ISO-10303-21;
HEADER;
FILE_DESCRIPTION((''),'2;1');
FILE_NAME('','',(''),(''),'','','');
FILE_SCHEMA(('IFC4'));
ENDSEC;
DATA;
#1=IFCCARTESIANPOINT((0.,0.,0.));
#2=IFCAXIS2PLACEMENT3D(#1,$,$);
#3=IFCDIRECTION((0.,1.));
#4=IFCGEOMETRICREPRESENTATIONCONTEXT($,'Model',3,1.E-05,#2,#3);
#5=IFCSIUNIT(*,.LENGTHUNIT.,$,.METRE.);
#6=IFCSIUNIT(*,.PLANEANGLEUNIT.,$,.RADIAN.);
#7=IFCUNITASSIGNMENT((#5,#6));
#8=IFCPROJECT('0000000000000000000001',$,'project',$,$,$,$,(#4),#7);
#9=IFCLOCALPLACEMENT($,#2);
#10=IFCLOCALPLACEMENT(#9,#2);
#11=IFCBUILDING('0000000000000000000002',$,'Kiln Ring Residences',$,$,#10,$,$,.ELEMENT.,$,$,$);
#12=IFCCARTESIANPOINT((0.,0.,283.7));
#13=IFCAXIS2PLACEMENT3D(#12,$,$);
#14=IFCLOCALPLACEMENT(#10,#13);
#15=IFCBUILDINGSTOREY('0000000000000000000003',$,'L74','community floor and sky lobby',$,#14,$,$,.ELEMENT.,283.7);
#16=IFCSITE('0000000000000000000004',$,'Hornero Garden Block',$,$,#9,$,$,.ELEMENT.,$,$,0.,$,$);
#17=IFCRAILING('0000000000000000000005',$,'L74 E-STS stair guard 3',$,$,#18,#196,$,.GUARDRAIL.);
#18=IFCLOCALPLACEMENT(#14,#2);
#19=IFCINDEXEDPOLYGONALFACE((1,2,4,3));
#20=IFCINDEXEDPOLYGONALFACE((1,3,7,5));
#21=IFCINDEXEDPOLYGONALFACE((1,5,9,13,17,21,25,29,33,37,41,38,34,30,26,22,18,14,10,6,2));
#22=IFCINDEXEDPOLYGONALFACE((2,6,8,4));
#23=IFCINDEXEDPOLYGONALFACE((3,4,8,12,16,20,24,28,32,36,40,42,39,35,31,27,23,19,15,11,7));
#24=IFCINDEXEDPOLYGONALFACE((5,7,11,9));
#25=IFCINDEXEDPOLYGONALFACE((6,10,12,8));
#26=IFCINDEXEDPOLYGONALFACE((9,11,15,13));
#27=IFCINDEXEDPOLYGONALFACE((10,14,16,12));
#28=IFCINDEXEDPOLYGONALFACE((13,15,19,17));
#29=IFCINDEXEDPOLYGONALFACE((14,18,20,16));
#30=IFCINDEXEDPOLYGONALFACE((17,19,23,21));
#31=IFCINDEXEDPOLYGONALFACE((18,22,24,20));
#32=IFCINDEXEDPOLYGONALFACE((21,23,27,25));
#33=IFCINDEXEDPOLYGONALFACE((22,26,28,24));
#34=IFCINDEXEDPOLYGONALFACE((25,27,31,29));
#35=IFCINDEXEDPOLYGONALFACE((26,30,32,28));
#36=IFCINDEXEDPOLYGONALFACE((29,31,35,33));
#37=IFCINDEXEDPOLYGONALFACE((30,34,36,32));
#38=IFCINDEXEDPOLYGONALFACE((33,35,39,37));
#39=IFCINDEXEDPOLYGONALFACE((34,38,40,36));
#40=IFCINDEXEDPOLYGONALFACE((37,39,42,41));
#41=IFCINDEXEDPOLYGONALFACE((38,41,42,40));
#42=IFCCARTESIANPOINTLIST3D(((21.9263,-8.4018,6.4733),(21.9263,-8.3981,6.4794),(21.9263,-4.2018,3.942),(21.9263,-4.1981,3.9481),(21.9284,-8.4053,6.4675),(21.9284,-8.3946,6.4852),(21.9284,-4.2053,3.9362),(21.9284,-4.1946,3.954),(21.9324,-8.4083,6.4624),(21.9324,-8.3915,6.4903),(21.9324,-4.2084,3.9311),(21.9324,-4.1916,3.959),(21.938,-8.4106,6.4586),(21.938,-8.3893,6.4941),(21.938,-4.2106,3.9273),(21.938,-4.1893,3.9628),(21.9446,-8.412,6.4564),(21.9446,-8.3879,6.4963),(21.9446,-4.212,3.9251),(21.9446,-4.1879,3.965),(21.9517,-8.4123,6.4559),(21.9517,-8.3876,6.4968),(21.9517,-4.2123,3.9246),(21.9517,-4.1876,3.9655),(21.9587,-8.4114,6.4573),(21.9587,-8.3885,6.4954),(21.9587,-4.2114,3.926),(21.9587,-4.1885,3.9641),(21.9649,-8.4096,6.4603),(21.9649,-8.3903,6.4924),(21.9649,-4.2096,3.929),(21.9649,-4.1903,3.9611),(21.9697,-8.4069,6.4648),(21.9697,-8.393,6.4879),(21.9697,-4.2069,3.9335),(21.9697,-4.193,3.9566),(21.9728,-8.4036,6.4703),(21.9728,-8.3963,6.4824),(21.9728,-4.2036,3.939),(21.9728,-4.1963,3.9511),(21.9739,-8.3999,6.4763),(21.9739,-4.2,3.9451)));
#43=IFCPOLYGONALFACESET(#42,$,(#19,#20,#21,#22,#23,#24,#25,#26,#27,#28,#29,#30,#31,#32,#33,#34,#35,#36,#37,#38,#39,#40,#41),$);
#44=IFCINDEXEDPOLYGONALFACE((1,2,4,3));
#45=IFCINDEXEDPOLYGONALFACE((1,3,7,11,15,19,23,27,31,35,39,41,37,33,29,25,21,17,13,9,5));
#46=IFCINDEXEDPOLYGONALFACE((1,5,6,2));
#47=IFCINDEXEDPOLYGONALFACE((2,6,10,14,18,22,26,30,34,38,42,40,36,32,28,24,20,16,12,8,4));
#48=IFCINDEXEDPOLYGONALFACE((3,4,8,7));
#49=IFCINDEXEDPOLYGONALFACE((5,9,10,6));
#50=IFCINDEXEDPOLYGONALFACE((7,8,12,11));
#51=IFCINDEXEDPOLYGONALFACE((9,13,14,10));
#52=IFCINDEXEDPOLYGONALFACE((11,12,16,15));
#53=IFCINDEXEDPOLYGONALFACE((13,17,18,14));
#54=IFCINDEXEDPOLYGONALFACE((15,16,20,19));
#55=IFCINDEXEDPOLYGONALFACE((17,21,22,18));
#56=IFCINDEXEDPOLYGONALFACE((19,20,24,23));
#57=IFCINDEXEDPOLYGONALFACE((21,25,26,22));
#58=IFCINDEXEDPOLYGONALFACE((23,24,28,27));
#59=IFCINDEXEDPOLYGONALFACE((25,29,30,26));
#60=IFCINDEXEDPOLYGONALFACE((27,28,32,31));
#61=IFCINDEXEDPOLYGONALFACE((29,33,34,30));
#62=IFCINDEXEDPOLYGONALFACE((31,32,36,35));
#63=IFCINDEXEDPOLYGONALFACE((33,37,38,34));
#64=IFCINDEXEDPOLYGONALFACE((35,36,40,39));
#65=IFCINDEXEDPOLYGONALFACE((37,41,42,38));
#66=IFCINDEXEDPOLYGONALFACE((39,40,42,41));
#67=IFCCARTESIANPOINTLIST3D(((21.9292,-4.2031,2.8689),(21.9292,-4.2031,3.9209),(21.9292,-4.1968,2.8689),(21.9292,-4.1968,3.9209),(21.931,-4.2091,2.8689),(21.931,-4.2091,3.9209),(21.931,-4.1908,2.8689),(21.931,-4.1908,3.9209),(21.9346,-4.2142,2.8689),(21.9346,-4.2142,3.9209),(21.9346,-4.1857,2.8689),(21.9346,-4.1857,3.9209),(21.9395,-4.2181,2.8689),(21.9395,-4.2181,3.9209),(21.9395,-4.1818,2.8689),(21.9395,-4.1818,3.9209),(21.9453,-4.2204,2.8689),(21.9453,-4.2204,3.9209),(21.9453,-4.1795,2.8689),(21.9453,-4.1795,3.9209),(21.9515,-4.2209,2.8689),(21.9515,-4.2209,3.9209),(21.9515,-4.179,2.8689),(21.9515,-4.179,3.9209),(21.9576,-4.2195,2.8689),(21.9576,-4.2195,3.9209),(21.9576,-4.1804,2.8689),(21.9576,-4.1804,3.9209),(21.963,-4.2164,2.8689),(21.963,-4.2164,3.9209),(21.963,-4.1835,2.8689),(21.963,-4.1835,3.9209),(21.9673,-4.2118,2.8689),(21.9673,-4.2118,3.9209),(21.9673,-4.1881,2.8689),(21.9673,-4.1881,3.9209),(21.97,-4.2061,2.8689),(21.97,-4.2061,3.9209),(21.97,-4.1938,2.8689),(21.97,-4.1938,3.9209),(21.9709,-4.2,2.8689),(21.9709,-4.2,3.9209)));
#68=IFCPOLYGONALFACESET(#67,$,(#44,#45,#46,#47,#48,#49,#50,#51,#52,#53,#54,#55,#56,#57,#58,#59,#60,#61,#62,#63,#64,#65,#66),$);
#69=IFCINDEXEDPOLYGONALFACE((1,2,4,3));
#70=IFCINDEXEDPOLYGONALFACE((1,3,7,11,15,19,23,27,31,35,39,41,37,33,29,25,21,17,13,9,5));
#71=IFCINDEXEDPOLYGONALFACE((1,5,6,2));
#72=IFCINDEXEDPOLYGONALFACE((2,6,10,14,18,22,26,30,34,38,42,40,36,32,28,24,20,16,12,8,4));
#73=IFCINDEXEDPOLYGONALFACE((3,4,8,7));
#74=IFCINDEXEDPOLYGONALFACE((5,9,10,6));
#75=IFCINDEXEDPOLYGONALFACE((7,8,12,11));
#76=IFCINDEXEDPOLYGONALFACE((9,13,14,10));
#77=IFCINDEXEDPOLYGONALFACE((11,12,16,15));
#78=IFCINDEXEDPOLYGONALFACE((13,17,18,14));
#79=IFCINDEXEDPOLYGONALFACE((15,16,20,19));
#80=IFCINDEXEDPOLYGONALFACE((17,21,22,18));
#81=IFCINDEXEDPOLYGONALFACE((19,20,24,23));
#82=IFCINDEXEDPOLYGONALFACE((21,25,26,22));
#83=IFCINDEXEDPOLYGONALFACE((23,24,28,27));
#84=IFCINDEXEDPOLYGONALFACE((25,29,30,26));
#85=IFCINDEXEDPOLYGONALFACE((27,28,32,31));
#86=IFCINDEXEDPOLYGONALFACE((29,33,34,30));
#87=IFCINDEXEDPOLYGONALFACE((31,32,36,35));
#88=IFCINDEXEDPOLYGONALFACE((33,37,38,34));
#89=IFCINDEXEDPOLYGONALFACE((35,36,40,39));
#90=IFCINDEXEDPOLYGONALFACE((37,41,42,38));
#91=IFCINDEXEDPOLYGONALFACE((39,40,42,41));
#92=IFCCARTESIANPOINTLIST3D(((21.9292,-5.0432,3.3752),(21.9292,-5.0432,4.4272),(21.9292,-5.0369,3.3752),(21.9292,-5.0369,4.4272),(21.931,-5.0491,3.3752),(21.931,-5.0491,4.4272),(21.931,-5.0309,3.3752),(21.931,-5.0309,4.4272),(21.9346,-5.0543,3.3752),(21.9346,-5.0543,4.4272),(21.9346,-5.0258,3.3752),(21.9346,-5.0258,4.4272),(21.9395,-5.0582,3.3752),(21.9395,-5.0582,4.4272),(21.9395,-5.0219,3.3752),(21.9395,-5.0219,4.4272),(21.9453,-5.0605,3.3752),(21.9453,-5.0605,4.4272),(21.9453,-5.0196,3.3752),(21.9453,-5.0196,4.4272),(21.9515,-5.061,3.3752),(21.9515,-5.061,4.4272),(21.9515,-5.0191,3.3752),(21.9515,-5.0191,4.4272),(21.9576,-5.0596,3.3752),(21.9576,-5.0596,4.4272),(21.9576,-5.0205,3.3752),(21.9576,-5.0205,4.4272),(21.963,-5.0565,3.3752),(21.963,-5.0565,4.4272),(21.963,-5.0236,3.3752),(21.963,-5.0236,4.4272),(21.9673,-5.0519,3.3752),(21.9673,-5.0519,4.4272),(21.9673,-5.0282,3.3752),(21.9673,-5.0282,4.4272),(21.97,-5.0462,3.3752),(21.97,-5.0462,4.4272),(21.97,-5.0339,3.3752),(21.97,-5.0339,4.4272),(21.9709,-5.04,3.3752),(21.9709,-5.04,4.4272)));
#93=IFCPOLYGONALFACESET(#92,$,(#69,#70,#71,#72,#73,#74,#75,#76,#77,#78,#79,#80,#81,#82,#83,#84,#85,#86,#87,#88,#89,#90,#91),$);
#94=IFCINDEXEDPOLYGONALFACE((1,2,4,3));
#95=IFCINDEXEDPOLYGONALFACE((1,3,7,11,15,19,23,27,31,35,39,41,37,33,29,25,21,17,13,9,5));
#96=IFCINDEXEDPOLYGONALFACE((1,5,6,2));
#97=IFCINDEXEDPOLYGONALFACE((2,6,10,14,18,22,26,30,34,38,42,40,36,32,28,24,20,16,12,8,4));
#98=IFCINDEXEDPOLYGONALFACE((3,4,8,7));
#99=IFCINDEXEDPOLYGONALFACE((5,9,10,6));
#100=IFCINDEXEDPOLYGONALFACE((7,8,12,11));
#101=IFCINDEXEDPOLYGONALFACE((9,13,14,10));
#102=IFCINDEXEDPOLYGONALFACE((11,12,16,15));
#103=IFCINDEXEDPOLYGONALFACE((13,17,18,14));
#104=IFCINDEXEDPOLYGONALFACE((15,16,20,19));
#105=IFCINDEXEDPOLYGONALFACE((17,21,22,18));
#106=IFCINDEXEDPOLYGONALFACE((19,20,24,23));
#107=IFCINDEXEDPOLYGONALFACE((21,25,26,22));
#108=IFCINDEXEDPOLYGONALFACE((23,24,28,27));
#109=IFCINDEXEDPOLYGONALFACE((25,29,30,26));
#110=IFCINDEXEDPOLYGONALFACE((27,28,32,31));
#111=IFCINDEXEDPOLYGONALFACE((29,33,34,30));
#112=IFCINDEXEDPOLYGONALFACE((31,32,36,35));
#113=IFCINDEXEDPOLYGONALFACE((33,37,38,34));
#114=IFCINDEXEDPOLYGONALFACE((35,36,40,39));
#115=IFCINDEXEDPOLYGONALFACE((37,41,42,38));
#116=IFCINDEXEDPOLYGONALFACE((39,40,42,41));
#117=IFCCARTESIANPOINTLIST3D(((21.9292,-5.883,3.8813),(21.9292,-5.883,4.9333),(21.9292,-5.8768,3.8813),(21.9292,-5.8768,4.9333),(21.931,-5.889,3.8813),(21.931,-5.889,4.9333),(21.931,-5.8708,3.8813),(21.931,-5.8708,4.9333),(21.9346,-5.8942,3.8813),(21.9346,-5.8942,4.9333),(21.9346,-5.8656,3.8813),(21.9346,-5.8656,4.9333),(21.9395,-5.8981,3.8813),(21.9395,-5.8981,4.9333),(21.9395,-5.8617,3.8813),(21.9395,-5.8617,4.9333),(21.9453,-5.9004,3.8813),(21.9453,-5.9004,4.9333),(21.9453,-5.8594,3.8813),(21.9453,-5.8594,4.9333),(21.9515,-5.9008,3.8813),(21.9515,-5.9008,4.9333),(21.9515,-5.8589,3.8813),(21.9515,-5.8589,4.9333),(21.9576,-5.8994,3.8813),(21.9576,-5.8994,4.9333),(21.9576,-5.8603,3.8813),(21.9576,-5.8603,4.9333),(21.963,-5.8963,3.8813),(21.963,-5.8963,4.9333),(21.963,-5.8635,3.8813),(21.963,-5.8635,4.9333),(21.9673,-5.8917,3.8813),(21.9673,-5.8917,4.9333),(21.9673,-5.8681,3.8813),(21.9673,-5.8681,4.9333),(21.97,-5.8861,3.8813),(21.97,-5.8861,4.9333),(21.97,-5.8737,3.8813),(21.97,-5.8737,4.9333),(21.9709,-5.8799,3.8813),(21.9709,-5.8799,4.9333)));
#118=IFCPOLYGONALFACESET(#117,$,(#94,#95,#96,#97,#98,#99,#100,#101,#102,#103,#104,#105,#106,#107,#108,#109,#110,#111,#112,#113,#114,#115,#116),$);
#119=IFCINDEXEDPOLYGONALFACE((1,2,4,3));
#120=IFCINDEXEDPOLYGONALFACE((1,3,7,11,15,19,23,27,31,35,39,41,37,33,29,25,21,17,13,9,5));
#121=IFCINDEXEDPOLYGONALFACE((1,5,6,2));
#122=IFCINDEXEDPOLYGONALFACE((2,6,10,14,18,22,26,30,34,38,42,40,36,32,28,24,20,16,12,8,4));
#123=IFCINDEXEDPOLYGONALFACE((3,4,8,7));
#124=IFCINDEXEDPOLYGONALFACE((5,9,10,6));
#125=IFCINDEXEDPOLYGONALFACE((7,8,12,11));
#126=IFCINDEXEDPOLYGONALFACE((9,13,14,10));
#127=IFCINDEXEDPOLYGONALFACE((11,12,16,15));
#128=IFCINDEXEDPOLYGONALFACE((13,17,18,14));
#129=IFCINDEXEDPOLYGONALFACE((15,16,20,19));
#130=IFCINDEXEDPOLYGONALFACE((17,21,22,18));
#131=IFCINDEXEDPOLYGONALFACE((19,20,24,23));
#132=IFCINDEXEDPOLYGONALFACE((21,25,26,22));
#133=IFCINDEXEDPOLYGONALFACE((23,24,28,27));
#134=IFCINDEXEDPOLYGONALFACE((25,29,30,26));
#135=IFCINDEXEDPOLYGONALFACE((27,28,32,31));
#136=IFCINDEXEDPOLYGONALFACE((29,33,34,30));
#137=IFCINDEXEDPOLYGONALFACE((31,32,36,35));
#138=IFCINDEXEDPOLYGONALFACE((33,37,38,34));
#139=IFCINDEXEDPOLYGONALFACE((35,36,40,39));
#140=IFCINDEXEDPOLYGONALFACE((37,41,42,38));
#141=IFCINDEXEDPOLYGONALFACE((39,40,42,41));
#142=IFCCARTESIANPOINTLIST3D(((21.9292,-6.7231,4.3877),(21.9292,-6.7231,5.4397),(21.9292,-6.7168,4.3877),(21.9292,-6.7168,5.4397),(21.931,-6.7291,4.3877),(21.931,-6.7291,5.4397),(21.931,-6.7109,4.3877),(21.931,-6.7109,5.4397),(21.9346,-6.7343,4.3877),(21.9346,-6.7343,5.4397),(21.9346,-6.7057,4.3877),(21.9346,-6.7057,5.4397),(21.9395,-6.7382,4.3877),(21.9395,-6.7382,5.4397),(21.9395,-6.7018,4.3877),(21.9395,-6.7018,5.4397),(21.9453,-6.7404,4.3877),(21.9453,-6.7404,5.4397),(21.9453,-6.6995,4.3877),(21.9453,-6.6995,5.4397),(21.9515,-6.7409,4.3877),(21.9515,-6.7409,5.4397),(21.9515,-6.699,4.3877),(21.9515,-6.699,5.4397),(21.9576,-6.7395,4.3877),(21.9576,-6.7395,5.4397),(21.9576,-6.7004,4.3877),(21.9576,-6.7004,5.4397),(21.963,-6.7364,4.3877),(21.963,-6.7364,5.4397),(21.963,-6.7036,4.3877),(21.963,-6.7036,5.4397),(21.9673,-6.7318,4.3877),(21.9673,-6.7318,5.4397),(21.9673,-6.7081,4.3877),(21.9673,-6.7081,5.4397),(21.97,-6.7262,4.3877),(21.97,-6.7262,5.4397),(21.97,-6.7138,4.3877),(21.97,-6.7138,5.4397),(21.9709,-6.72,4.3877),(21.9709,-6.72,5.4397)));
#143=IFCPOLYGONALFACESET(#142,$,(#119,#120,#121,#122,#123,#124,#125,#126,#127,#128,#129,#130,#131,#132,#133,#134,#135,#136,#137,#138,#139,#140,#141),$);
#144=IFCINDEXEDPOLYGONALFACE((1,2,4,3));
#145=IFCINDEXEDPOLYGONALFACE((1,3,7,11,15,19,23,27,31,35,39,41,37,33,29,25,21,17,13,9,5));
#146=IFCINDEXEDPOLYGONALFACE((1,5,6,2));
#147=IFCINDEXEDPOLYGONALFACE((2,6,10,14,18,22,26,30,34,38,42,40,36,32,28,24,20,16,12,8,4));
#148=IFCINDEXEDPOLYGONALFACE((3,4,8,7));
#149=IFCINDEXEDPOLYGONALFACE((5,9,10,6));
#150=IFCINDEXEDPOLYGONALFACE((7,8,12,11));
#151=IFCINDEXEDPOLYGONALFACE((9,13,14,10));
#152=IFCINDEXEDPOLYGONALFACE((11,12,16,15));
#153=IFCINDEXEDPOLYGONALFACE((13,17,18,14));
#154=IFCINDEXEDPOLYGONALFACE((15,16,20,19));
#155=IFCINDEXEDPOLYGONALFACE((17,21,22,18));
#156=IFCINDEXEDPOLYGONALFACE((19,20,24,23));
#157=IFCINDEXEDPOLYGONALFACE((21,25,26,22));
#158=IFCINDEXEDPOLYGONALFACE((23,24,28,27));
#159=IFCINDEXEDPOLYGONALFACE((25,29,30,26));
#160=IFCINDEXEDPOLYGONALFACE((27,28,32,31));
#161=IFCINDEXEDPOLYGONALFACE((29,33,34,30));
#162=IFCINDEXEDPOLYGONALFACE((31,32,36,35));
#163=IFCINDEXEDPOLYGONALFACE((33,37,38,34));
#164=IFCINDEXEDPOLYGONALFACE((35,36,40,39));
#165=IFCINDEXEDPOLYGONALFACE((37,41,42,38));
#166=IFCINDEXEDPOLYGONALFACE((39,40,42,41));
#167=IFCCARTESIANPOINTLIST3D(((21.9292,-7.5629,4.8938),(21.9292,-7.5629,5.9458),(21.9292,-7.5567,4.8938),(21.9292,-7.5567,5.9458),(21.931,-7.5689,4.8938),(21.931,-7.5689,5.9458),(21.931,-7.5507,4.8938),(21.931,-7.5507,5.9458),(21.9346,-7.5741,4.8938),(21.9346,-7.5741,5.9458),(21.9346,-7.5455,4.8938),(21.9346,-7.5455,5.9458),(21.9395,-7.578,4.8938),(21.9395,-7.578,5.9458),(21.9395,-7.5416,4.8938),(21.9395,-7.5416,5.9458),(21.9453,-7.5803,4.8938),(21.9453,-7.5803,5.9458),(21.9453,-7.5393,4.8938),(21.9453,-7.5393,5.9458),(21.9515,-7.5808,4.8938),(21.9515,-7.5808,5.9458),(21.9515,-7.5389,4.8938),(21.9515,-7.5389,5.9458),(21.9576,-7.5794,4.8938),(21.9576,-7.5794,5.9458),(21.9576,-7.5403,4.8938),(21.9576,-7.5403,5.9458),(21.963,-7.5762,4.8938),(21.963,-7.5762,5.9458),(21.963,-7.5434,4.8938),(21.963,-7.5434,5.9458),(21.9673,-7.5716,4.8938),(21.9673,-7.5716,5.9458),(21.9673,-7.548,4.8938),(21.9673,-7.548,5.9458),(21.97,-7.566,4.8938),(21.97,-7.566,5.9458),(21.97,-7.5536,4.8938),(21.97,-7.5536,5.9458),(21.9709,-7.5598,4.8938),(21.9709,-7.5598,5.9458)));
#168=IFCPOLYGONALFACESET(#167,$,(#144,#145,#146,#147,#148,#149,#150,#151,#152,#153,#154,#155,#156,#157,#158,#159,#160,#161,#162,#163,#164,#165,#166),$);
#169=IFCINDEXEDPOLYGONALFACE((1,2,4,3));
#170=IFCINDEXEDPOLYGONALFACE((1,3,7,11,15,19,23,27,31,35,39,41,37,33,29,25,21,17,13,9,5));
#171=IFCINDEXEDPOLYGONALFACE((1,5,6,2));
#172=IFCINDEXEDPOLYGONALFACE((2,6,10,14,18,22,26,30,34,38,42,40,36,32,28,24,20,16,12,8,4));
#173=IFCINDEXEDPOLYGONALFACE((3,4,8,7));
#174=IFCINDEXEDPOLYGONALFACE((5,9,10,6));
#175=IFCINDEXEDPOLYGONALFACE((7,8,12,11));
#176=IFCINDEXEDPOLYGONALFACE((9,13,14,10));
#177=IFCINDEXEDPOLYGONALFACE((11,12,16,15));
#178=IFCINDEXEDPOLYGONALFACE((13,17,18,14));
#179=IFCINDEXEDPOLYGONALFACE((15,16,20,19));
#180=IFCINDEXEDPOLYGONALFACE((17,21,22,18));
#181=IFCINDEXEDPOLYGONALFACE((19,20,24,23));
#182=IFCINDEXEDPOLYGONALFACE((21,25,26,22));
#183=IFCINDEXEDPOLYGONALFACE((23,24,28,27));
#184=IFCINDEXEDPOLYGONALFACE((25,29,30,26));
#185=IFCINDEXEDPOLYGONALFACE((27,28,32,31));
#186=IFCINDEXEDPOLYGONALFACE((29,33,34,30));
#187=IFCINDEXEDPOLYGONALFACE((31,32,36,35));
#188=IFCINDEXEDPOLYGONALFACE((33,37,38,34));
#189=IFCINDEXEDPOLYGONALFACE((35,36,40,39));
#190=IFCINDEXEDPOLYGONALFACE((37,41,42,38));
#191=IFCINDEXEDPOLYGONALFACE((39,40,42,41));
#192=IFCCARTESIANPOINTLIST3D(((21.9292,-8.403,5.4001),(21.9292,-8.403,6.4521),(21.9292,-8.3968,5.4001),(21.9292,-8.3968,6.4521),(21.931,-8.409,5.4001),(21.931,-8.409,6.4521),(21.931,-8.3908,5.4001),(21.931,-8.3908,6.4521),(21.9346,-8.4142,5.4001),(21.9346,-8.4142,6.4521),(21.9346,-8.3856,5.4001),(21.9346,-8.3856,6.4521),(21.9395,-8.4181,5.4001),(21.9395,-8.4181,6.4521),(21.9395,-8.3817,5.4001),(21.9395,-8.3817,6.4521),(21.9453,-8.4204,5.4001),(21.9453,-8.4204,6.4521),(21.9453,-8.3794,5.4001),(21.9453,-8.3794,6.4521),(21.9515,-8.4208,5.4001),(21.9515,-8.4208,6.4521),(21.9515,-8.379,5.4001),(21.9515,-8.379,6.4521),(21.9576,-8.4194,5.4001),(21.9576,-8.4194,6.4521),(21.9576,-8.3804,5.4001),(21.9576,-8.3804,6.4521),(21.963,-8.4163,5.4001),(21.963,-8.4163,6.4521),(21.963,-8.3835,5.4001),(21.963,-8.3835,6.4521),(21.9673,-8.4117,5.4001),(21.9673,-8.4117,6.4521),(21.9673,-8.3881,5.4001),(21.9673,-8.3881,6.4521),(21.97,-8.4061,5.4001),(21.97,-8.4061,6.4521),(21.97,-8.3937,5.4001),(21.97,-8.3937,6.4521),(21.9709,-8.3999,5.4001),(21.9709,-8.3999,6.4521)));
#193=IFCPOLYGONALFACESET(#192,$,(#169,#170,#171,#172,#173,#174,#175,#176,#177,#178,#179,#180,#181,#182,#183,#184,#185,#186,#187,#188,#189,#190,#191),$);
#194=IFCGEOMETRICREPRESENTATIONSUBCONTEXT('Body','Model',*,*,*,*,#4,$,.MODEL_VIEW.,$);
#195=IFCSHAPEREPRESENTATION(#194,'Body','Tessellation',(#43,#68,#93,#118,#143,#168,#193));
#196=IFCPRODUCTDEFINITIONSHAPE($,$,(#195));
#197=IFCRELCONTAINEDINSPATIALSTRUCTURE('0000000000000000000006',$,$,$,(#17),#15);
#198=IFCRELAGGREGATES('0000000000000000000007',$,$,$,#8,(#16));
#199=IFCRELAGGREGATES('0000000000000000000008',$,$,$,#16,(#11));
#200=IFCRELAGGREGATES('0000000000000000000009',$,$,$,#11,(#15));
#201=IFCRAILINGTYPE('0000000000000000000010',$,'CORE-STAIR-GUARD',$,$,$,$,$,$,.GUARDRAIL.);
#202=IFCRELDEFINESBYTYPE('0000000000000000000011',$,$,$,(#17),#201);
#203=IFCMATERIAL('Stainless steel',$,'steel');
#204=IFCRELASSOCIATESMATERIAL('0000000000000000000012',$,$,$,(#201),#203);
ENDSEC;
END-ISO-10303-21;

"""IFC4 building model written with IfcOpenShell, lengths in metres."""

from ifc_helpers import new_model, si_unit, direction, frame, origin, origin_2d, place, context, subcontext, project, spatial, circle, extrude, material, type_object, element, save


model = new_model("IFC4")

# Units and contexts
model_context = context("Model", 3, precision=1e-05, world=origin(), true_north=direction((0.0, 1.0)))
body_context = subcontext(model_context, "Body", "Model", "MODEL_VIEW")
ifc_project = project(units=[si_unit("LENGTHUNIT", "METRE"), si_unit("PLANEANGLEUNIT", "RADIAN")], contexts=[model_context])

# Site, building, storey
site_placement = place(None, origin())
site = spatial("IfcSite", under=ifc_project, at=site_placement, Name="Hornero Garden Block", CompositionType="ELEMENT", RefElevation=0.0)
building_placement = place(site_placement, origin())
building = spatial("IfcBuilding", under=site, at=building_placement, Name="Kiln Ring Residences", CompositionType="ELEMENT")
storey_placement = place(building_placement, frame((0.0, 0.0, 283.7)))
storey = spatial("IfcBuildingStorey", under=building, at=storey_placement, Name="L74", Description="community floor and sky lobby", CompositionType="ELEMENT", Elevation=283.7)

# Railing
ifc_material_1 = material(Name="Stainless steel", Category="steel")
railing_type_1 = type_object("IfcRailingType", Name="CORE-STAIR-GUARD", PredefinedType="GUARDRAIL", material=ifc_material_1)
railing_1_placement = place(storey_placement, frame((21.95, -4.2, 2.8689)))
element("IfcRailing", 1, at=railing_1_placement, inside=storey, type_object=railing_type_1, Name="L74 E-STS stair guard 3", PredefinedType="GUARDRAIL", context=body_context, shape_type="SweptSolid", body=[
    extrude(circle(Radius=0.0239, at=origin_2d()), frame((0.0, 0.0, 1.0762), z_axis=(0.0, -0.856476, 0.516186), x_axis=(1.0, 0.0, 0.0)), (0.0, 0.0, 1.0), 4.9038),
    extrude(circle(Radius=0.021, at=origin_2d()), origin(), (0.0, 0.0, 1.0), 1.052),
    extrude(circle(Radius=0.021, at=origin_2d()), frame((0.0, -0.8401, 0.5063)), (0.0, 0.0, 1.0), 1.052),
    extrude(circle(Radius=0.021, at=origin_2d()), frame((0.0, -1.6799, 1.0125)), (0.0, 0.0, 1.0), 1.052),
    extrude(circle(Radius=0.021, at=origin_2d()), frame((0.0, -2.52, 1.5188)), (0.0, 0.0, 1.0), 1.052),
    extrude(circle(Radius=0.021, at=origin_2d()), frame((0.0, -3.3599, 2.0249)), (0.0, 0.0, 1.0), 1.052),
    extrude(circle(Radius=0.021, at=origin_2d()), frame((0.0, -4.2, 2.5312)), (0.0, 0.0, 1.0), 1.052),
])

save(model, "model.ifc")
